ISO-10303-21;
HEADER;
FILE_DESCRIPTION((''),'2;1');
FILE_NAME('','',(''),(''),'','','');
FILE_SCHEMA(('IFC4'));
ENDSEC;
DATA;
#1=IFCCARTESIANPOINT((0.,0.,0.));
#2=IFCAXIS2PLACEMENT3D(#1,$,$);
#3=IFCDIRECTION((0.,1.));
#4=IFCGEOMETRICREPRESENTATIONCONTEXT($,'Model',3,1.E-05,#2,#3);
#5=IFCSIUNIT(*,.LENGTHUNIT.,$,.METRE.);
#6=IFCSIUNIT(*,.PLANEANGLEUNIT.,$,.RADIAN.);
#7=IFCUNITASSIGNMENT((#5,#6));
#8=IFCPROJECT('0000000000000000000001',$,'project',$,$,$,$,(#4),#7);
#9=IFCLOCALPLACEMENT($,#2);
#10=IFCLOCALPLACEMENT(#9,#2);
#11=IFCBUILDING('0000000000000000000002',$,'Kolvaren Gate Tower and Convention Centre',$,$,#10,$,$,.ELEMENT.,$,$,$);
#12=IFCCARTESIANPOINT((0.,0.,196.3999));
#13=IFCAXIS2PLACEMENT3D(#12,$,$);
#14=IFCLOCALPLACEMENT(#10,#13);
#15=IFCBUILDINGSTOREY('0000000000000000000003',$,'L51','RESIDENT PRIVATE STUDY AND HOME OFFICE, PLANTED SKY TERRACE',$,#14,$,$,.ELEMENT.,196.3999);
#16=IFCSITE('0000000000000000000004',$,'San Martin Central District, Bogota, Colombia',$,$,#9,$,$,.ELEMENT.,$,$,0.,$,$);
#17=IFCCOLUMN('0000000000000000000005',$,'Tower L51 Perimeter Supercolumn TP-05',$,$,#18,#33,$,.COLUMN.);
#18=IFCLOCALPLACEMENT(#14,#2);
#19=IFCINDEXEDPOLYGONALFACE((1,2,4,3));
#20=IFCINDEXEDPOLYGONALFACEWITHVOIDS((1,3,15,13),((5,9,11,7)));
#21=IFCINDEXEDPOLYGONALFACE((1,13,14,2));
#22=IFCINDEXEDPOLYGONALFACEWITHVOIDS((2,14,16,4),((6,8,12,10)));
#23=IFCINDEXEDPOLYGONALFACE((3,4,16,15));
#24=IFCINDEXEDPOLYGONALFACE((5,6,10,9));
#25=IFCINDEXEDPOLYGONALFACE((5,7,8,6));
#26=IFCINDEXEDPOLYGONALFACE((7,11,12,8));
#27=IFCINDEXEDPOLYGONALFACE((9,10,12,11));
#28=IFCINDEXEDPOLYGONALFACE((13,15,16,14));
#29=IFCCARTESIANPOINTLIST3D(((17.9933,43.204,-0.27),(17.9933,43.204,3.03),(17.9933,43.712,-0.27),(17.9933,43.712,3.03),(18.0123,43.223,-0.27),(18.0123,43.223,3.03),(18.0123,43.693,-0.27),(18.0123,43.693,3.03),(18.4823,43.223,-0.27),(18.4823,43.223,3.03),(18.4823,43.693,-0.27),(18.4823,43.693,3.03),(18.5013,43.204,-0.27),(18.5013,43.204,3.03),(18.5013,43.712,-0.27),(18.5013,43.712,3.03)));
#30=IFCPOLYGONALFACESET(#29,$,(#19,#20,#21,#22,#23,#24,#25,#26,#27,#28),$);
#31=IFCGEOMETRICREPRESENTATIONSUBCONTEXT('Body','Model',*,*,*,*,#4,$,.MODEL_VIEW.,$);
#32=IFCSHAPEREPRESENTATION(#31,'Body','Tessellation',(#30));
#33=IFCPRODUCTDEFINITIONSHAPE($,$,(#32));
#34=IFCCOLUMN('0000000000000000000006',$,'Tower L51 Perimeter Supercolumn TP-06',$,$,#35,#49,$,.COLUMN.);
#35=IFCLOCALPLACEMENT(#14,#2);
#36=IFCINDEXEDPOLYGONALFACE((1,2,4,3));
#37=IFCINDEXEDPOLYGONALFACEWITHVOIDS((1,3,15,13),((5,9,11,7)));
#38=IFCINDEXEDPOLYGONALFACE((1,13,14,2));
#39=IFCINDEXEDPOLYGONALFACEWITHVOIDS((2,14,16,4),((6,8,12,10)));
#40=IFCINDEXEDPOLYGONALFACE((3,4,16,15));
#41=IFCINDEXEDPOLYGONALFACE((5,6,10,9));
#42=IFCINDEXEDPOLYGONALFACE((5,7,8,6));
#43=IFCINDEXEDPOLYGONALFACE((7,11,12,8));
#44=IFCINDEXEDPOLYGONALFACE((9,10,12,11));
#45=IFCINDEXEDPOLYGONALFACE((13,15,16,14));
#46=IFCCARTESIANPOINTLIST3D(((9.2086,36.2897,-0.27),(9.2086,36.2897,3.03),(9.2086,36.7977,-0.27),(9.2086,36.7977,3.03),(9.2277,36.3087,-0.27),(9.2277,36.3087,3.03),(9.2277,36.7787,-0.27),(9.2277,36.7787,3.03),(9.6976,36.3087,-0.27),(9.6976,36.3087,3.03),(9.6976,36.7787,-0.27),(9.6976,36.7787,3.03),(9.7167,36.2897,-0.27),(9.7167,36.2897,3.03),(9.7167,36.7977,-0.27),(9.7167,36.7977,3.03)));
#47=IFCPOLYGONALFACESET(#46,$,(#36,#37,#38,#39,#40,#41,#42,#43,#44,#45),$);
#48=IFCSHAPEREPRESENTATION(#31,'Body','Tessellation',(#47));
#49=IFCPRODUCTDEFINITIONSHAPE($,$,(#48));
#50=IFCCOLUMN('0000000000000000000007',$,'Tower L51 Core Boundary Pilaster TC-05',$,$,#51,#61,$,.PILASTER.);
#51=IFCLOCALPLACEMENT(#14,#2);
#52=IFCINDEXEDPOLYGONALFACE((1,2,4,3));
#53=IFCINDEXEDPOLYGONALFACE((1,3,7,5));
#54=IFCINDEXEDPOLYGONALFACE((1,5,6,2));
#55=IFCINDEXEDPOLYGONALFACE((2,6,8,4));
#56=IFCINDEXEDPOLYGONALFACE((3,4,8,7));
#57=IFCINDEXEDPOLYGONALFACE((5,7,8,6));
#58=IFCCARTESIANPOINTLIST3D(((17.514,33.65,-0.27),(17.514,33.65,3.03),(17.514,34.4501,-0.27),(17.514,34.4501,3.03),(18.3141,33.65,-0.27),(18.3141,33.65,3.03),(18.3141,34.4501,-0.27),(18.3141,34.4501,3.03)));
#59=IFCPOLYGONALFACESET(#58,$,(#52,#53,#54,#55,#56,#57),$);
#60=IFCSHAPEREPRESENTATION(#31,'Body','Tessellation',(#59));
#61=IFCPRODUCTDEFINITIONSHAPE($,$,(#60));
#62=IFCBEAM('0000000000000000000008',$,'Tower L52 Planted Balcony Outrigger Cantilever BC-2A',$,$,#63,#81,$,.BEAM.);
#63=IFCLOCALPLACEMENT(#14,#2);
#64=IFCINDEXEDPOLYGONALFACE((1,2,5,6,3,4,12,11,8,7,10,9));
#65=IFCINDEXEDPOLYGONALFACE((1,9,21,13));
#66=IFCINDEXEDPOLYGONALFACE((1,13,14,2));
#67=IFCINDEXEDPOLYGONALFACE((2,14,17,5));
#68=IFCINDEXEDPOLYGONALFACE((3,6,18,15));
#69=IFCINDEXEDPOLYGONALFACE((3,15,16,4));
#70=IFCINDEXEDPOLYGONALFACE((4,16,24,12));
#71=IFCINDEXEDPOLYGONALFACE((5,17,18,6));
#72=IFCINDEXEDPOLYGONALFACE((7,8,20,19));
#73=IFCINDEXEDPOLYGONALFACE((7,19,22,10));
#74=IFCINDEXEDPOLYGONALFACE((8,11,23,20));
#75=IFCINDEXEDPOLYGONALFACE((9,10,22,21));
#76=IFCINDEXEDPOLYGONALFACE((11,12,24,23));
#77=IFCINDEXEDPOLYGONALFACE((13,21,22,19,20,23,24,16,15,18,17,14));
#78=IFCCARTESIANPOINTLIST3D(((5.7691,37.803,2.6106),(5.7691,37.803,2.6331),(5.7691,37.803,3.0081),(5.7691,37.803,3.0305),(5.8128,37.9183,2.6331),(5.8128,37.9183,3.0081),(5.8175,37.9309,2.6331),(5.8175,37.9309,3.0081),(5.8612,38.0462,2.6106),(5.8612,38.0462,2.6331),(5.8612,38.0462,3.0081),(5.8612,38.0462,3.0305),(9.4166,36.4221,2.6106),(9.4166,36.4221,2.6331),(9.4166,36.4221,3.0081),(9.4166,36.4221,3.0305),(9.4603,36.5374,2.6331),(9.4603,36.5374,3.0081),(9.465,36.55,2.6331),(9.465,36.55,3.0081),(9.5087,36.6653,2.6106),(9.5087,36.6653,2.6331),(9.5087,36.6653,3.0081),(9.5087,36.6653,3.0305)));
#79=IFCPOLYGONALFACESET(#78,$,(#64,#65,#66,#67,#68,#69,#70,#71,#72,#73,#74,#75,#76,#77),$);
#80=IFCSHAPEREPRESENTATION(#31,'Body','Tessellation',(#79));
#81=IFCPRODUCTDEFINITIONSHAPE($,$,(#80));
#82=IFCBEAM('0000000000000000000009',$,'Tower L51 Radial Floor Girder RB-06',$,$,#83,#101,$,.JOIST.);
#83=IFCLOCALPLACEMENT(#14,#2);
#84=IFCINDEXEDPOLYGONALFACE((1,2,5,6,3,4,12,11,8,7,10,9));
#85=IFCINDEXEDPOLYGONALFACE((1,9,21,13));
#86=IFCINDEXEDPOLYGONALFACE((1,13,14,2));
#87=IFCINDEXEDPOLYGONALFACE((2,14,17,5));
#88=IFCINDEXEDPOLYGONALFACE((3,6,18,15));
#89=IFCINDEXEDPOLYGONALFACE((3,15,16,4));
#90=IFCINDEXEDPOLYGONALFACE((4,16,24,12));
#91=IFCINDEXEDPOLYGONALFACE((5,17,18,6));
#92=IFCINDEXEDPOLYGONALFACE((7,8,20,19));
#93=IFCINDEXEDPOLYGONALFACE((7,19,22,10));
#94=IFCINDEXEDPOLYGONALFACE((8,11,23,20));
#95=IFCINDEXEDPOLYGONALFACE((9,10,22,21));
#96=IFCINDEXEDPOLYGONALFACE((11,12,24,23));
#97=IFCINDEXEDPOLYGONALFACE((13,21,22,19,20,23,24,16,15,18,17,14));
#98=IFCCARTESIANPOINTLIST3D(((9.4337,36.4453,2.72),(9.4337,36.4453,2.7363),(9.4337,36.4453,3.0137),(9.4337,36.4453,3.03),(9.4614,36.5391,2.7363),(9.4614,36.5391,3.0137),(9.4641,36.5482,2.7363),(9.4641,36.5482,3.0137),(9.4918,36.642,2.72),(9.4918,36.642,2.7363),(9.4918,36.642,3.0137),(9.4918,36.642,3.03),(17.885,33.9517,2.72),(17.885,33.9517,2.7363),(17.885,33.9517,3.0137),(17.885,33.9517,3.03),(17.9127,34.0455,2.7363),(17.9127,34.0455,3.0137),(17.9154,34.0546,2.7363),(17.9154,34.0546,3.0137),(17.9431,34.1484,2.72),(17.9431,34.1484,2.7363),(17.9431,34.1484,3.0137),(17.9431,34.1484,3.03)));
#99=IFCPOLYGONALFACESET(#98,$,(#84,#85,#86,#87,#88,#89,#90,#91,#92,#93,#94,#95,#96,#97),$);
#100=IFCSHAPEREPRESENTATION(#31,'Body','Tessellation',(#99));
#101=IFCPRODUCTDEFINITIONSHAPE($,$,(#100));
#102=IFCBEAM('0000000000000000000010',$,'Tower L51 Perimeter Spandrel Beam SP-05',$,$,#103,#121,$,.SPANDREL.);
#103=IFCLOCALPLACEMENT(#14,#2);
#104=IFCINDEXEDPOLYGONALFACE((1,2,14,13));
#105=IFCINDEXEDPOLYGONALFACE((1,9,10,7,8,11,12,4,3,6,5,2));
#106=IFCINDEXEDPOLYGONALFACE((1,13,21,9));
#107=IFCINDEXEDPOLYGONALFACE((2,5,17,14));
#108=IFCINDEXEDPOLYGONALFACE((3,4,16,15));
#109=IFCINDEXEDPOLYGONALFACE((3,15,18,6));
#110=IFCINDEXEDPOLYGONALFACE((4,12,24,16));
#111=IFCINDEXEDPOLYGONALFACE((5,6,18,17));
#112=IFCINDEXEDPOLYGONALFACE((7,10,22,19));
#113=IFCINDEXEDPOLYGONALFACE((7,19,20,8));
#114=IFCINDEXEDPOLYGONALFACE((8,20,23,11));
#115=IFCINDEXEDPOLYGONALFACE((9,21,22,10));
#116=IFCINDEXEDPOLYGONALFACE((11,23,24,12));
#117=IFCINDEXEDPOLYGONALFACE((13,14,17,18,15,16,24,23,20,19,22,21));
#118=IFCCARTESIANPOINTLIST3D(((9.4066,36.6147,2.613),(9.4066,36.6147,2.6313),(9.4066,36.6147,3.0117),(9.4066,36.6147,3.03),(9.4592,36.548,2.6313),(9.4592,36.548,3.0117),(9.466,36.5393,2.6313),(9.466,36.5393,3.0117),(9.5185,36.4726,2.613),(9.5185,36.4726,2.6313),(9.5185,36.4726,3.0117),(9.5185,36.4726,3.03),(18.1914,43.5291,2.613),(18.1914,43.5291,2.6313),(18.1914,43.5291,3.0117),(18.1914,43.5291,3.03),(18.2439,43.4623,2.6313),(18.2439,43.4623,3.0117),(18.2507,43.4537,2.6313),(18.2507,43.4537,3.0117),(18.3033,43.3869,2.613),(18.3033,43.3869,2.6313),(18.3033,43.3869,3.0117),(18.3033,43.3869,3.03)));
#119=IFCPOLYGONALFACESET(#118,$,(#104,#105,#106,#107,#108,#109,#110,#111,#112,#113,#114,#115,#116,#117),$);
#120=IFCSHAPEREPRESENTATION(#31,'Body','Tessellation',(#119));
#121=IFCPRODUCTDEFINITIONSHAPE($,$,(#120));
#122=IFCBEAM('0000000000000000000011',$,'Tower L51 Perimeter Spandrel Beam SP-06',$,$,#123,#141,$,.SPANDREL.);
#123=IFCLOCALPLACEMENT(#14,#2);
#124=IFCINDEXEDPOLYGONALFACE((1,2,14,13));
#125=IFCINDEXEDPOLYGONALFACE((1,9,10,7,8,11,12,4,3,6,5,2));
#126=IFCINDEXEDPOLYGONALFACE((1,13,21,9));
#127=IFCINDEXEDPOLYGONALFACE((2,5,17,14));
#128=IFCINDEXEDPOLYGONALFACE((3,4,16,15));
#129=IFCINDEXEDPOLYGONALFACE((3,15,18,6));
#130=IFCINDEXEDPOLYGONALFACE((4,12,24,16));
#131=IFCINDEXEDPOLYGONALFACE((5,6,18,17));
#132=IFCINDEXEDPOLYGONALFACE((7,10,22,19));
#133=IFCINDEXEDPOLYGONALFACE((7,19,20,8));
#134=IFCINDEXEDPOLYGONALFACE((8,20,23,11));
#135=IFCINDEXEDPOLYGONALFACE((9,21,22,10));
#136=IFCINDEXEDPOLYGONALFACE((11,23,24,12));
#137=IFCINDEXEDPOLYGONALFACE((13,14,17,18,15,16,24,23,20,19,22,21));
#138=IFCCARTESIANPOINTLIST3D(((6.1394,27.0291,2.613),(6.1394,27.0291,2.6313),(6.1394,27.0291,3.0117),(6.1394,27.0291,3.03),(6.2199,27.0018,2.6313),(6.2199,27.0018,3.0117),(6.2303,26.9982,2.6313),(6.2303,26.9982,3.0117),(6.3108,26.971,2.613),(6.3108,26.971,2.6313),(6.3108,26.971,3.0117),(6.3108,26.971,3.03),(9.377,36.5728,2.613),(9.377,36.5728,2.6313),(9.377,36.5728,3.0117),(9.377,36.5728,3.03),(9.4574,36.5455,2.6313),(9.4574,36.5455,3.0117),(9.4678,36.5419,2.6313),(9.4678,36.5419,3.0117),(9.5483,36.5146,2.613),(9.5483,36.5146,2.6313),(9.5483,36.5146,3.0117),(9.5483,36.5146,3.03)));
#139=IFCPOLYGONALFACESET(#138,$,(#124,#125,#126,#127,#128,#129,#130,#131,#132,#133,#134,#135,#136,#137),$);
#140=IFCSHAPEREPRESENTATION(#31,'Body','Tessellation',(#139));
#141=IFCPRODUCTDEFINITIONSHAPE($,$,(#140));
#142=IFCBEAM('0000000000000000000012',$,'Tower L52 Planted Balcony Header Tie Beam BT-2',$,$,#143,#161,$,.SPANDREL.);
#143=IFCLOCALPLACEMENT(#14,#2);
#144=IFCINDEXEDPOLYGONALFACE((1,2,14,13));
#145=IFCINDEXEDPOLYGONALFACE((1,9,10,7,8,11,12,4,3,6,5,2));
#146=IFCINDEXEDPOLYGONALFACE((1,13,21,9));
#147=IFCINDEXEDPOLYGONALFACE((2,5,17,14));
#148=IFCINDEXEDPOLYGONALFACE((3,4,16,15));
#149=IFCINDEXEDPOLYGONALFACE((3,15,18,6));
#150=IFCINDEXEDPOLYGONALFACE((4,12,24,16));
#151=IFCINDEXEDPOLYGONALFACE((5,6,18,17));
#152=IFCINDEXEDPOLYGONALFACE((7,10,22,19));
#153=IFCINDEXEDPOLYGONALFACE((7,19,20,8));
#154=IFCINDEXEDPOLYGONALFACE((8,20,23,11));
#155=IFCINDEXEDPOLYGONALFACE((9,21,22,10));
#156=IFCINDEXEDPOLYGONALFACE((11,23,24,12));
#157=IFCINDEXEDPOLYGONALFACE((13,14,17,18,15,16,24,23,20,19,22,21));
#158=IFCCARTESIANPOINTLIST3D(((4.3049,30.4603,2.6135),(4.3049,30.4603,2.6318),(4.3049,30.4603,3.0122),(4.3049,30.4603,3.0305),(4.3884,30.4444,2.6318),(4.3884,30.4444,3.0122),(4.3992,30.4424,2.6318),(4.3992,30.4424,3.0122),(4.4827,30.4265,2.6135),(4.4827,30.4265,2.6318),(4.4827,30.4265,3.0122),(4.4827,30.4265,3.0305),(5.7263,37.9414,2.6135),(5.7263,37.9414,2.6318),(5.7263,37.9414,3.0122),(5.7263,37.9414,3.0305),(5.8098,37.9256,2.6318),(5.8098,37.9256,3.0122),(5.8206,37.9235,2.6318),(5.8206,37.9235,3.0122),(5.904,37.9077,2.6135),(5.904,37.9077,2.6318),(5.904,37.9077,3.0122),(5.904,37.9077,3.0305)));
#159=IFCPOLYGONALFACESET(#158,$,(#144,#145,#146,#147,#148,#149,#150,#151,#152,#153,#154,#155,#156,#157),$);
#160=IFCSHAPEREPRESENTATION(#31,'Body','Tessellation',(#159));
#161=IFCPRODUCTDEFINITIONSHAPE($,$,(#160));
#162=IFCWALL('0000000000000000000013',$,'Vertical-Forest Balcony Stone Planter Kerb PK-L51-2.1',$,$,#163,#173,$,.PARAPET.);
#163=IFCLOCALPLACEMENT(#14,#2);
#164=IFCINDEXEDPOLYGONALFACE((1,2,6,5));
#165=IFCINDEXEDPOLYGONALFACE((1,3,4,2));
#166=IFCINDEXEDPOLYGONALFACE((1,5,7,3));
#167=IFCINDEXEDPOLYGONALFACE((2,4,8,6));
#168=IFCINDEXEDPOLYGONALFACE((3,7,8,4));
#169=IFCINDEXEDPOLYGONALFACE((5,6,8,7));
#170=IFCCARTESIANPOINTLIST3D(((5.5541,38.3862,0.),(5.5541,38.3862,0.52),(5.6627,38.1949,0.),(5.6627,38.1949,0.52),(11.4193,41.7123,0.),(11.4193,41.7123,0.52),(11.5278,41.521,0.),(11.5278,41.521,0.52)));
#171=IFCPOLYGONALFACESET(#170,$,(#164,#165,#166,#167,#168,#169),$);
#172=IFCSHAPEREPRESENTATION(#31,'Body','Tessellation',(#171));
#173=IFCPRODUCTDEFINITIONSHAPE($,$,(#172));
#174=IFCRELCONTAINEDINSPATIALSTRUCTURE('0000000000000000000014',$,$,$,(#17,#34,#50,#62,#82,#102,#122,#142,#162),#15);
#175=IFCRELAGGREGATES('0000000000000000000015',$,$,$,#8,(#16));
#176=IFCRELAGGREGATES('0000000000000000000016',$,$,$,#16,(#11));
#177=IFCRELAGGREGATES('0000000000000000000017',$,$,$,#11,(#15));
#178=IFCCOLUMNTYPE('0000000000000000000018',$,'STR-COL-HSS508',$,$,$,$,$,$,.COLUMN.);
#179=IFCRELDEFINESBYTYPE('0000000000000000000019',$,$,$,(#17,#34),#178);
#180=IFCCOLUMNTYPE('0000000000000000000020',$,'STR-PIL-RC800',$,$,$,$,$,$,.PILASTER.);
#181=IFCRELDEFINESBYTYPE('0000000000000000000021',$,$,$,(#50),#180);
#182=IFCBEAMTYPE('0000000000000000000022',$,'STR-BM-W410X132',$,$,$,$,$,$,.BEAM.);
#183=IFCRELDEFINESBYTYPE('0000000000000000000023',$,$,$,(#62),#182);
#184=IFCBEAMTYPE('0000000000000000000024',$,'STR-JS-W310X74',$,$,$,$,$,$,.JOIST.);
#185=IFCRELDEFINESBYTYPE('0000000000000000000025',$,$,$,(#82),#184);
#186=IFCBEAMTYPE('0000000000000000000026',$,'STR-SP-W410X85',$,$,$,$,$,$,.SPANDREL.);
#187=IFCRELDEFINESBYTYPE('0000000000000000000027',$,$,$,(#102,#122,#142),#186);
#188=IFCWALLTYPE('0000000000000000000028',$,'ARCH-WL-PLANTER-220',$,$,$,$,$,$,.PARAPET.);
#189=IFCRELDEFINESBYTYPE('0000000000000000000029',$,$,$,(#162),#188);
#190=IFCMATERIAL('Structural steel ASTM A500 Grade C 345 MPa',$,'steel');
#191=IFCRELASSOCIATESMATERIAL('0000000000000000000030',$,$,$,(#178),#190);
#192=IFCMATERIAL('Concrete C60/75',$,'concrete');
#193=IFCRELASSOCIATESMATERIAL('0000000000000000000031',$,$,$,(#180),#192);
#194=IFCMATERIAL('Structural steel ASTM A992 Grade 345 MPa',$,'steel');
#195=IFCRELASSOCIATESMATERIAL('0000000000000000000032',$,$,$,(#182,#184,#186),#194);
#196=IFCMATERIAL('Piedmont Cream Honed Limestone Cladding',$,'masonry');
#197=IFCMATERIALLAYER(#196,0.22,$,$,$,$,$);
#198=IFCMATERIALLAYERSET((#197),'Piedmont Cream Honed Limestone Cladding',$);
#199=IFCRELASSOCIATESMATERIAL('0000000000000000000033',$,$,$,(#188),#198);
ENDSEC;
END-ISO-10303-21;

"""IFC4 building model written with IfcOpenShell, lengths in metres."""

from ifc_helpers import new_model, si_unit, direction, frame, frame_2d, origin, origin_2d, place, context, subcontext, project, spatial, rectangle, hollow_rectangle, i_section, extrude, material, layer, layer_set, material_profile, profile_set, type_object, element, save


model = new_model("IFC4")

# Units and contexts
model_context = context("Model", 3, precision=1e-05, world=origin(), true_north=direction((0.0, 1.0)))
body_context = subcontext(model_context, "Body", "Model", "MODEL_VIEW")
ifc_project = project(units=[si_unit("LENGTHUNIT", "METRE"), si_unit("PLANEANGLEUNIT", "RADIAN")], contexts=[model_context])

# Site, building, storey
site_placement = place(None, origin())
site = spatial("IfcSite", under=ifc_project, at=site_placement, Name="San Martin Central District, Bogota, Colombia", CompositionType="ELEMENT", RefElevation=0.0)
building_placement = place(site_placement, origin())
building = spatial("IfcBuilding", under=site, at=building_placement, Name="Kolvaren Gate Tower and Convention Centre", CompositionType="ELEMENT")
storey_placement = place(building_placement, frame((0.0, 0.0, 196.3999)))
storey = spatial("IfcBuildingStorey", under=building, at=storey_placement, Name="L51", Description="RESIDENT PRIVATE STUDY AND HOME OFFICE, PLANTED SKY TERRACE", CompositionType="ELEMENT", Elevation=196.3999)

# Columns
ifc_material_1 = material(Name="Structural steel ASTM A500 Grade C 345 MPa", Category="steel")
ifc_material_profile_1 = material_profile(ifc_material_1, hollow_rectangle(XDim=0.5081, YDim=0.5081, WallThickness=0.019, at=origin_2d()), Name="HSS508X508X19.1")
ifc_profile_set_1 = profile_set([ifc_material_profile_1], Name="Structural steel ASTM A500 Grade C 345 MPa")
column_type_1 = type_object("IfcColumnType", Name="STR-COL-HSS508", PredefinedType="COLUMN", material=ifc_profile_set_1)
for number, where, z_axis, x_axis, name in (
    (1, (18.2473, 43.458, -0.27), (0.0, 0.0, 1.0), (1.0, 0.0, 0.0), "Tower L51 Perimeter Supercolumn TP-05"),
    (2, (9.4626, 36.5437, -0.27), (0.0, 0.0, 1.0), (1.0, 0.0, 0.0), "Tower L51 Perimeter Supercolumn TP-06"),
):
    element("IfcColumn", number, at=place(storey_placement, frame(where, z_axis=z_axis, x_axis=x_axis)), inside=storey, type_object=column_type_1, Name=name, PredefinedType="COLUMN", context=body_context, shape_type="SweptSolid", body=[
        extrude(hollow_rectangle(XDim=0.5081, YDim=0.5081, WallThickness=0.019, at=origin_2d()), origin(), (0.0, 0.0, 1.0), 3.3),
    ])
ifc_material_2 = material(Name="Concrete C60/75", Category="concrete")
ifc_material_profile_2 = material_profile(ifc_material_2, rectangle(XDim=0.8, YDim=0.8, at=origin_2d()), Name="RC-COL-800X800")
ifc_profile_set_2 = profile_set([ifc_material_profile_2], Name="Concrete C60/75")
column_type_2 = type_object("IfcColumnType", Name="STR-PIL-RC800", PredefinedType="PILASTER", material=ifc_profile_set_2)
column_placement = place(storey_placement, frame((17.9141, 34.05, -0.27), z_axis=(0.0, 0.0, 1.0), x_axis=(1.0, 0.0, 0.0)))
element("IfcColumn", 3, at=column_placement, inside=storey, type_object=column_type_2, Name="Tower L51 Core Boundary Pilaster TC-05", PredefinedType="PILASTER", context=body_context, shape_type="SweptSolid", body=[
    extrude(rectangle(XDim=0.8, YDim=0.8, at=origin_2d()), origin(), (0.0, 0.0, 1.0), 3.3),
])

# Beams
ifc_material_3 = material(Name="Structural steel ASTM A992 Grade 345 MPa", Category="steel")
ifc_material_profile_3 = material_profile(ifc_material_3, i_section(OverallWidth=0.26, OverallDepth=0.4199, WebThickness=0.0134, FlangeThickness=0.0225, at=origin_2d()), Name="W410X132")
ifc_profile_set_3 = profile_set([ifc_material_profile_3], Name="Structural steel ASTM A992 Grade 345 MPa")
beam_type_1 = type_object("IfcBeamType", Name="STR-BM-W410X132", PredefinedType="BEAM", material=ifc_profile_set_3)
beam_1_placement = place(storey_placement, frame((9.4626, 36.5437, 2.8206), z_axis=(-0.935224, 0.354058, 0.0), x_axis=(-0.354058, -0.935224, 0.0)))
element("IfcBeam", 4, at=beam_1_placement, inside=storey, type_object=beam_type_1, Name="Tower L52 Planted Balcony Outrigger Cantilever BC-2A", PredefinedType="BEAM", context=body_context, shape_type="SweptSolid", body=[
    extrude(i_section(OverallWidth=0.26, OverallDepth=0.4199, WebThickness=0.0134, FlangeThickness=0.0225, at=origin_2d()), origin(), (0.0, 0.0, 1.0), 3.9001),
])
ifc_material_profile_4 = material_profile(ifc_material_3, i_section(OverallWidth=0.2051, OverallDepth=0.3101, WebThickness=0.0095, FlangeThickness=0.0164, at=origin_2d()), Name="W310X74")
ifc_profile_set_4 = profile_set([ifc_material_profile_4], Name="Structural steel ASTM A992 Grade 345 MPa")
beam_type_2 = type_object("IfcBeamType", Name="STR-JS-W310X74", PredefinedType="JOIST", material=ifc_profile_set_4)
beam_2_placement = place(storey_placement, frame((17.9141, 34.05, 2.875), z_axis=(-0.959121, 0.282996, 0.0), x_axis=(-0.282996, -0.959121, 0.0)))
element("IfcBeam", 5, at=beam_2_placement, inside=storey, type_object=beam_type_2, Name="Tower L51 Radial Floor Girder RB-06", PredefinedType="JOIST", context=body_context, shape_type="SweptSolid", body=[
    extrude(i_section(OverallWidth=0.2051, OverallDepth=0.3101, WebThickness=0.0095, FlangeThickness=0.0164, at=origin_2d()), origin(), (0.0, 0.0, 1.0), 8.8115),
])
ifc_material_profile_5 = material_profile(ifc_material_3, i_section(OverallWidth=0.1809, OverallDepth=0.417, WebThickness=0.011, FlangeThickness=0.0183, at=origin_2d()), Name="W410X85")
ifc_profile_set_5 = profile_set([ifc_material_profile_5], Name="Structural steel ASTM A992 Grade 345 MPa")
beam_type_3 = type_object("IfcBeamType", Name="STR-SP-W410X85", PredefinedType="SPANDREL", material=ifc_profile_set_5)
beam_3_placement = place(storey_placement, frame((18.2473, 43.458, 2.8215), z_axis=(-0.785794, -0.618489, 0.0), x_axis=(0.618489, -0.785794, 0.0)))
element("IfcBeam", 6, at=beam_3_placement, inside=storey, type_object=beam_type_3, Name="Tower L51 Perimeter Spandrel Beam SP-05", PredefinedType="SPANDREL", context=body_context, shape_type="SweptSolid", body=[
    extrude(i_section(OverallWidth=0.1809, OverallDepth=0.417, WebThickness=0.011, FlangeThickness=0.0183, at=origin_2d()), origin(), (0.0, 0.0, 1.0), 11.1794),
])
beam_4_placement = place(storey_placement, frame((9.4626, 36.5437, 2.8215), z_axis=(-0.321253, -0.946994, 0.0), x_axis=(0.946994, -0.321253, 0.0)))
element("IfcBeam", 7, at=beam_4_placement, inside=storey, type_object=beam_type_3, Name="Tower L51 Perimeter Spandrel Beam SP-06", PredefinedType="SPANDREL", context=body_context, shape_type="SweptSolid", body=[
    extrude(i_section(OverallWidth=0.1809, OverallDepth=0.417, WebThickness=0.011, FlangeThickness=0.0183, at=origin_2d()), origin(), (0.0, 0.0, 1.0), 10.0779),
])
beam_5_placement = place(storey_placement, frame((5.8152, 37.9246, 2.822), z_axis=(-0.186655, -0.982425, 0.0), x_axis=(0.982425, -0.186655, 0.0)))
element("IfcBeam", 8, at=beam_5_placement, inside=storey, type_object=beam_type_3, Name="Tower L52 Planted Balcony Header Tie Beam BT-2", PredefinedType="SPANDREL", context=body_context, shape_type="SweptSolid", body=[
    extrude(i_section(OverallWidth=0.1809, OverallDepth=0.417, WebThickness=0.011, FlangeThickness=0.0183, at=origin_2d()), origin(), (0.0, 0.0, 1.0), 7.615),
])

# Wall
ifc_material_4 = material(Name="Piedmont Cream Honed Limestone Cladding", Category="masonry")
ifc_layer_1 = layer(ifc_material_4, 0.22)
ifc_layer_set_1 = layer_set([ifc_layer_1], Name="Piedmont Cream Honed Limestone Cladding")
wall_type_1 = type_object("IfcWallType", Name="ARCH-WL-PLANTER-220", PredefinedType="PARAPET", material=ifc_layer_set_1)
wall_1_placement = place(storey_placement, frame((5.6084, 38.2905, 0.0), z_axis=(0.0, 0.0, 1.0), x_axis=(0.869861, 0.493298, 0.0)))
element("IfcWall", 9, at=wall_1_placement, inside=storey, type_object=wall_type_1, Name="Vertical-Forest Balcony Stone Planter Kerb PK-L51-2.1", PredefinedType="PARAPET", context=body_context, shape_type="SweptSolid", body=[
    extrude(rectangle(XDim=6.7427, YDim=0.22, at=frame_2d((3.3713, 0.0))), origin(), (0.0, 0.0, 1.0), 0.52),
])

save(model, "model.ifc")
